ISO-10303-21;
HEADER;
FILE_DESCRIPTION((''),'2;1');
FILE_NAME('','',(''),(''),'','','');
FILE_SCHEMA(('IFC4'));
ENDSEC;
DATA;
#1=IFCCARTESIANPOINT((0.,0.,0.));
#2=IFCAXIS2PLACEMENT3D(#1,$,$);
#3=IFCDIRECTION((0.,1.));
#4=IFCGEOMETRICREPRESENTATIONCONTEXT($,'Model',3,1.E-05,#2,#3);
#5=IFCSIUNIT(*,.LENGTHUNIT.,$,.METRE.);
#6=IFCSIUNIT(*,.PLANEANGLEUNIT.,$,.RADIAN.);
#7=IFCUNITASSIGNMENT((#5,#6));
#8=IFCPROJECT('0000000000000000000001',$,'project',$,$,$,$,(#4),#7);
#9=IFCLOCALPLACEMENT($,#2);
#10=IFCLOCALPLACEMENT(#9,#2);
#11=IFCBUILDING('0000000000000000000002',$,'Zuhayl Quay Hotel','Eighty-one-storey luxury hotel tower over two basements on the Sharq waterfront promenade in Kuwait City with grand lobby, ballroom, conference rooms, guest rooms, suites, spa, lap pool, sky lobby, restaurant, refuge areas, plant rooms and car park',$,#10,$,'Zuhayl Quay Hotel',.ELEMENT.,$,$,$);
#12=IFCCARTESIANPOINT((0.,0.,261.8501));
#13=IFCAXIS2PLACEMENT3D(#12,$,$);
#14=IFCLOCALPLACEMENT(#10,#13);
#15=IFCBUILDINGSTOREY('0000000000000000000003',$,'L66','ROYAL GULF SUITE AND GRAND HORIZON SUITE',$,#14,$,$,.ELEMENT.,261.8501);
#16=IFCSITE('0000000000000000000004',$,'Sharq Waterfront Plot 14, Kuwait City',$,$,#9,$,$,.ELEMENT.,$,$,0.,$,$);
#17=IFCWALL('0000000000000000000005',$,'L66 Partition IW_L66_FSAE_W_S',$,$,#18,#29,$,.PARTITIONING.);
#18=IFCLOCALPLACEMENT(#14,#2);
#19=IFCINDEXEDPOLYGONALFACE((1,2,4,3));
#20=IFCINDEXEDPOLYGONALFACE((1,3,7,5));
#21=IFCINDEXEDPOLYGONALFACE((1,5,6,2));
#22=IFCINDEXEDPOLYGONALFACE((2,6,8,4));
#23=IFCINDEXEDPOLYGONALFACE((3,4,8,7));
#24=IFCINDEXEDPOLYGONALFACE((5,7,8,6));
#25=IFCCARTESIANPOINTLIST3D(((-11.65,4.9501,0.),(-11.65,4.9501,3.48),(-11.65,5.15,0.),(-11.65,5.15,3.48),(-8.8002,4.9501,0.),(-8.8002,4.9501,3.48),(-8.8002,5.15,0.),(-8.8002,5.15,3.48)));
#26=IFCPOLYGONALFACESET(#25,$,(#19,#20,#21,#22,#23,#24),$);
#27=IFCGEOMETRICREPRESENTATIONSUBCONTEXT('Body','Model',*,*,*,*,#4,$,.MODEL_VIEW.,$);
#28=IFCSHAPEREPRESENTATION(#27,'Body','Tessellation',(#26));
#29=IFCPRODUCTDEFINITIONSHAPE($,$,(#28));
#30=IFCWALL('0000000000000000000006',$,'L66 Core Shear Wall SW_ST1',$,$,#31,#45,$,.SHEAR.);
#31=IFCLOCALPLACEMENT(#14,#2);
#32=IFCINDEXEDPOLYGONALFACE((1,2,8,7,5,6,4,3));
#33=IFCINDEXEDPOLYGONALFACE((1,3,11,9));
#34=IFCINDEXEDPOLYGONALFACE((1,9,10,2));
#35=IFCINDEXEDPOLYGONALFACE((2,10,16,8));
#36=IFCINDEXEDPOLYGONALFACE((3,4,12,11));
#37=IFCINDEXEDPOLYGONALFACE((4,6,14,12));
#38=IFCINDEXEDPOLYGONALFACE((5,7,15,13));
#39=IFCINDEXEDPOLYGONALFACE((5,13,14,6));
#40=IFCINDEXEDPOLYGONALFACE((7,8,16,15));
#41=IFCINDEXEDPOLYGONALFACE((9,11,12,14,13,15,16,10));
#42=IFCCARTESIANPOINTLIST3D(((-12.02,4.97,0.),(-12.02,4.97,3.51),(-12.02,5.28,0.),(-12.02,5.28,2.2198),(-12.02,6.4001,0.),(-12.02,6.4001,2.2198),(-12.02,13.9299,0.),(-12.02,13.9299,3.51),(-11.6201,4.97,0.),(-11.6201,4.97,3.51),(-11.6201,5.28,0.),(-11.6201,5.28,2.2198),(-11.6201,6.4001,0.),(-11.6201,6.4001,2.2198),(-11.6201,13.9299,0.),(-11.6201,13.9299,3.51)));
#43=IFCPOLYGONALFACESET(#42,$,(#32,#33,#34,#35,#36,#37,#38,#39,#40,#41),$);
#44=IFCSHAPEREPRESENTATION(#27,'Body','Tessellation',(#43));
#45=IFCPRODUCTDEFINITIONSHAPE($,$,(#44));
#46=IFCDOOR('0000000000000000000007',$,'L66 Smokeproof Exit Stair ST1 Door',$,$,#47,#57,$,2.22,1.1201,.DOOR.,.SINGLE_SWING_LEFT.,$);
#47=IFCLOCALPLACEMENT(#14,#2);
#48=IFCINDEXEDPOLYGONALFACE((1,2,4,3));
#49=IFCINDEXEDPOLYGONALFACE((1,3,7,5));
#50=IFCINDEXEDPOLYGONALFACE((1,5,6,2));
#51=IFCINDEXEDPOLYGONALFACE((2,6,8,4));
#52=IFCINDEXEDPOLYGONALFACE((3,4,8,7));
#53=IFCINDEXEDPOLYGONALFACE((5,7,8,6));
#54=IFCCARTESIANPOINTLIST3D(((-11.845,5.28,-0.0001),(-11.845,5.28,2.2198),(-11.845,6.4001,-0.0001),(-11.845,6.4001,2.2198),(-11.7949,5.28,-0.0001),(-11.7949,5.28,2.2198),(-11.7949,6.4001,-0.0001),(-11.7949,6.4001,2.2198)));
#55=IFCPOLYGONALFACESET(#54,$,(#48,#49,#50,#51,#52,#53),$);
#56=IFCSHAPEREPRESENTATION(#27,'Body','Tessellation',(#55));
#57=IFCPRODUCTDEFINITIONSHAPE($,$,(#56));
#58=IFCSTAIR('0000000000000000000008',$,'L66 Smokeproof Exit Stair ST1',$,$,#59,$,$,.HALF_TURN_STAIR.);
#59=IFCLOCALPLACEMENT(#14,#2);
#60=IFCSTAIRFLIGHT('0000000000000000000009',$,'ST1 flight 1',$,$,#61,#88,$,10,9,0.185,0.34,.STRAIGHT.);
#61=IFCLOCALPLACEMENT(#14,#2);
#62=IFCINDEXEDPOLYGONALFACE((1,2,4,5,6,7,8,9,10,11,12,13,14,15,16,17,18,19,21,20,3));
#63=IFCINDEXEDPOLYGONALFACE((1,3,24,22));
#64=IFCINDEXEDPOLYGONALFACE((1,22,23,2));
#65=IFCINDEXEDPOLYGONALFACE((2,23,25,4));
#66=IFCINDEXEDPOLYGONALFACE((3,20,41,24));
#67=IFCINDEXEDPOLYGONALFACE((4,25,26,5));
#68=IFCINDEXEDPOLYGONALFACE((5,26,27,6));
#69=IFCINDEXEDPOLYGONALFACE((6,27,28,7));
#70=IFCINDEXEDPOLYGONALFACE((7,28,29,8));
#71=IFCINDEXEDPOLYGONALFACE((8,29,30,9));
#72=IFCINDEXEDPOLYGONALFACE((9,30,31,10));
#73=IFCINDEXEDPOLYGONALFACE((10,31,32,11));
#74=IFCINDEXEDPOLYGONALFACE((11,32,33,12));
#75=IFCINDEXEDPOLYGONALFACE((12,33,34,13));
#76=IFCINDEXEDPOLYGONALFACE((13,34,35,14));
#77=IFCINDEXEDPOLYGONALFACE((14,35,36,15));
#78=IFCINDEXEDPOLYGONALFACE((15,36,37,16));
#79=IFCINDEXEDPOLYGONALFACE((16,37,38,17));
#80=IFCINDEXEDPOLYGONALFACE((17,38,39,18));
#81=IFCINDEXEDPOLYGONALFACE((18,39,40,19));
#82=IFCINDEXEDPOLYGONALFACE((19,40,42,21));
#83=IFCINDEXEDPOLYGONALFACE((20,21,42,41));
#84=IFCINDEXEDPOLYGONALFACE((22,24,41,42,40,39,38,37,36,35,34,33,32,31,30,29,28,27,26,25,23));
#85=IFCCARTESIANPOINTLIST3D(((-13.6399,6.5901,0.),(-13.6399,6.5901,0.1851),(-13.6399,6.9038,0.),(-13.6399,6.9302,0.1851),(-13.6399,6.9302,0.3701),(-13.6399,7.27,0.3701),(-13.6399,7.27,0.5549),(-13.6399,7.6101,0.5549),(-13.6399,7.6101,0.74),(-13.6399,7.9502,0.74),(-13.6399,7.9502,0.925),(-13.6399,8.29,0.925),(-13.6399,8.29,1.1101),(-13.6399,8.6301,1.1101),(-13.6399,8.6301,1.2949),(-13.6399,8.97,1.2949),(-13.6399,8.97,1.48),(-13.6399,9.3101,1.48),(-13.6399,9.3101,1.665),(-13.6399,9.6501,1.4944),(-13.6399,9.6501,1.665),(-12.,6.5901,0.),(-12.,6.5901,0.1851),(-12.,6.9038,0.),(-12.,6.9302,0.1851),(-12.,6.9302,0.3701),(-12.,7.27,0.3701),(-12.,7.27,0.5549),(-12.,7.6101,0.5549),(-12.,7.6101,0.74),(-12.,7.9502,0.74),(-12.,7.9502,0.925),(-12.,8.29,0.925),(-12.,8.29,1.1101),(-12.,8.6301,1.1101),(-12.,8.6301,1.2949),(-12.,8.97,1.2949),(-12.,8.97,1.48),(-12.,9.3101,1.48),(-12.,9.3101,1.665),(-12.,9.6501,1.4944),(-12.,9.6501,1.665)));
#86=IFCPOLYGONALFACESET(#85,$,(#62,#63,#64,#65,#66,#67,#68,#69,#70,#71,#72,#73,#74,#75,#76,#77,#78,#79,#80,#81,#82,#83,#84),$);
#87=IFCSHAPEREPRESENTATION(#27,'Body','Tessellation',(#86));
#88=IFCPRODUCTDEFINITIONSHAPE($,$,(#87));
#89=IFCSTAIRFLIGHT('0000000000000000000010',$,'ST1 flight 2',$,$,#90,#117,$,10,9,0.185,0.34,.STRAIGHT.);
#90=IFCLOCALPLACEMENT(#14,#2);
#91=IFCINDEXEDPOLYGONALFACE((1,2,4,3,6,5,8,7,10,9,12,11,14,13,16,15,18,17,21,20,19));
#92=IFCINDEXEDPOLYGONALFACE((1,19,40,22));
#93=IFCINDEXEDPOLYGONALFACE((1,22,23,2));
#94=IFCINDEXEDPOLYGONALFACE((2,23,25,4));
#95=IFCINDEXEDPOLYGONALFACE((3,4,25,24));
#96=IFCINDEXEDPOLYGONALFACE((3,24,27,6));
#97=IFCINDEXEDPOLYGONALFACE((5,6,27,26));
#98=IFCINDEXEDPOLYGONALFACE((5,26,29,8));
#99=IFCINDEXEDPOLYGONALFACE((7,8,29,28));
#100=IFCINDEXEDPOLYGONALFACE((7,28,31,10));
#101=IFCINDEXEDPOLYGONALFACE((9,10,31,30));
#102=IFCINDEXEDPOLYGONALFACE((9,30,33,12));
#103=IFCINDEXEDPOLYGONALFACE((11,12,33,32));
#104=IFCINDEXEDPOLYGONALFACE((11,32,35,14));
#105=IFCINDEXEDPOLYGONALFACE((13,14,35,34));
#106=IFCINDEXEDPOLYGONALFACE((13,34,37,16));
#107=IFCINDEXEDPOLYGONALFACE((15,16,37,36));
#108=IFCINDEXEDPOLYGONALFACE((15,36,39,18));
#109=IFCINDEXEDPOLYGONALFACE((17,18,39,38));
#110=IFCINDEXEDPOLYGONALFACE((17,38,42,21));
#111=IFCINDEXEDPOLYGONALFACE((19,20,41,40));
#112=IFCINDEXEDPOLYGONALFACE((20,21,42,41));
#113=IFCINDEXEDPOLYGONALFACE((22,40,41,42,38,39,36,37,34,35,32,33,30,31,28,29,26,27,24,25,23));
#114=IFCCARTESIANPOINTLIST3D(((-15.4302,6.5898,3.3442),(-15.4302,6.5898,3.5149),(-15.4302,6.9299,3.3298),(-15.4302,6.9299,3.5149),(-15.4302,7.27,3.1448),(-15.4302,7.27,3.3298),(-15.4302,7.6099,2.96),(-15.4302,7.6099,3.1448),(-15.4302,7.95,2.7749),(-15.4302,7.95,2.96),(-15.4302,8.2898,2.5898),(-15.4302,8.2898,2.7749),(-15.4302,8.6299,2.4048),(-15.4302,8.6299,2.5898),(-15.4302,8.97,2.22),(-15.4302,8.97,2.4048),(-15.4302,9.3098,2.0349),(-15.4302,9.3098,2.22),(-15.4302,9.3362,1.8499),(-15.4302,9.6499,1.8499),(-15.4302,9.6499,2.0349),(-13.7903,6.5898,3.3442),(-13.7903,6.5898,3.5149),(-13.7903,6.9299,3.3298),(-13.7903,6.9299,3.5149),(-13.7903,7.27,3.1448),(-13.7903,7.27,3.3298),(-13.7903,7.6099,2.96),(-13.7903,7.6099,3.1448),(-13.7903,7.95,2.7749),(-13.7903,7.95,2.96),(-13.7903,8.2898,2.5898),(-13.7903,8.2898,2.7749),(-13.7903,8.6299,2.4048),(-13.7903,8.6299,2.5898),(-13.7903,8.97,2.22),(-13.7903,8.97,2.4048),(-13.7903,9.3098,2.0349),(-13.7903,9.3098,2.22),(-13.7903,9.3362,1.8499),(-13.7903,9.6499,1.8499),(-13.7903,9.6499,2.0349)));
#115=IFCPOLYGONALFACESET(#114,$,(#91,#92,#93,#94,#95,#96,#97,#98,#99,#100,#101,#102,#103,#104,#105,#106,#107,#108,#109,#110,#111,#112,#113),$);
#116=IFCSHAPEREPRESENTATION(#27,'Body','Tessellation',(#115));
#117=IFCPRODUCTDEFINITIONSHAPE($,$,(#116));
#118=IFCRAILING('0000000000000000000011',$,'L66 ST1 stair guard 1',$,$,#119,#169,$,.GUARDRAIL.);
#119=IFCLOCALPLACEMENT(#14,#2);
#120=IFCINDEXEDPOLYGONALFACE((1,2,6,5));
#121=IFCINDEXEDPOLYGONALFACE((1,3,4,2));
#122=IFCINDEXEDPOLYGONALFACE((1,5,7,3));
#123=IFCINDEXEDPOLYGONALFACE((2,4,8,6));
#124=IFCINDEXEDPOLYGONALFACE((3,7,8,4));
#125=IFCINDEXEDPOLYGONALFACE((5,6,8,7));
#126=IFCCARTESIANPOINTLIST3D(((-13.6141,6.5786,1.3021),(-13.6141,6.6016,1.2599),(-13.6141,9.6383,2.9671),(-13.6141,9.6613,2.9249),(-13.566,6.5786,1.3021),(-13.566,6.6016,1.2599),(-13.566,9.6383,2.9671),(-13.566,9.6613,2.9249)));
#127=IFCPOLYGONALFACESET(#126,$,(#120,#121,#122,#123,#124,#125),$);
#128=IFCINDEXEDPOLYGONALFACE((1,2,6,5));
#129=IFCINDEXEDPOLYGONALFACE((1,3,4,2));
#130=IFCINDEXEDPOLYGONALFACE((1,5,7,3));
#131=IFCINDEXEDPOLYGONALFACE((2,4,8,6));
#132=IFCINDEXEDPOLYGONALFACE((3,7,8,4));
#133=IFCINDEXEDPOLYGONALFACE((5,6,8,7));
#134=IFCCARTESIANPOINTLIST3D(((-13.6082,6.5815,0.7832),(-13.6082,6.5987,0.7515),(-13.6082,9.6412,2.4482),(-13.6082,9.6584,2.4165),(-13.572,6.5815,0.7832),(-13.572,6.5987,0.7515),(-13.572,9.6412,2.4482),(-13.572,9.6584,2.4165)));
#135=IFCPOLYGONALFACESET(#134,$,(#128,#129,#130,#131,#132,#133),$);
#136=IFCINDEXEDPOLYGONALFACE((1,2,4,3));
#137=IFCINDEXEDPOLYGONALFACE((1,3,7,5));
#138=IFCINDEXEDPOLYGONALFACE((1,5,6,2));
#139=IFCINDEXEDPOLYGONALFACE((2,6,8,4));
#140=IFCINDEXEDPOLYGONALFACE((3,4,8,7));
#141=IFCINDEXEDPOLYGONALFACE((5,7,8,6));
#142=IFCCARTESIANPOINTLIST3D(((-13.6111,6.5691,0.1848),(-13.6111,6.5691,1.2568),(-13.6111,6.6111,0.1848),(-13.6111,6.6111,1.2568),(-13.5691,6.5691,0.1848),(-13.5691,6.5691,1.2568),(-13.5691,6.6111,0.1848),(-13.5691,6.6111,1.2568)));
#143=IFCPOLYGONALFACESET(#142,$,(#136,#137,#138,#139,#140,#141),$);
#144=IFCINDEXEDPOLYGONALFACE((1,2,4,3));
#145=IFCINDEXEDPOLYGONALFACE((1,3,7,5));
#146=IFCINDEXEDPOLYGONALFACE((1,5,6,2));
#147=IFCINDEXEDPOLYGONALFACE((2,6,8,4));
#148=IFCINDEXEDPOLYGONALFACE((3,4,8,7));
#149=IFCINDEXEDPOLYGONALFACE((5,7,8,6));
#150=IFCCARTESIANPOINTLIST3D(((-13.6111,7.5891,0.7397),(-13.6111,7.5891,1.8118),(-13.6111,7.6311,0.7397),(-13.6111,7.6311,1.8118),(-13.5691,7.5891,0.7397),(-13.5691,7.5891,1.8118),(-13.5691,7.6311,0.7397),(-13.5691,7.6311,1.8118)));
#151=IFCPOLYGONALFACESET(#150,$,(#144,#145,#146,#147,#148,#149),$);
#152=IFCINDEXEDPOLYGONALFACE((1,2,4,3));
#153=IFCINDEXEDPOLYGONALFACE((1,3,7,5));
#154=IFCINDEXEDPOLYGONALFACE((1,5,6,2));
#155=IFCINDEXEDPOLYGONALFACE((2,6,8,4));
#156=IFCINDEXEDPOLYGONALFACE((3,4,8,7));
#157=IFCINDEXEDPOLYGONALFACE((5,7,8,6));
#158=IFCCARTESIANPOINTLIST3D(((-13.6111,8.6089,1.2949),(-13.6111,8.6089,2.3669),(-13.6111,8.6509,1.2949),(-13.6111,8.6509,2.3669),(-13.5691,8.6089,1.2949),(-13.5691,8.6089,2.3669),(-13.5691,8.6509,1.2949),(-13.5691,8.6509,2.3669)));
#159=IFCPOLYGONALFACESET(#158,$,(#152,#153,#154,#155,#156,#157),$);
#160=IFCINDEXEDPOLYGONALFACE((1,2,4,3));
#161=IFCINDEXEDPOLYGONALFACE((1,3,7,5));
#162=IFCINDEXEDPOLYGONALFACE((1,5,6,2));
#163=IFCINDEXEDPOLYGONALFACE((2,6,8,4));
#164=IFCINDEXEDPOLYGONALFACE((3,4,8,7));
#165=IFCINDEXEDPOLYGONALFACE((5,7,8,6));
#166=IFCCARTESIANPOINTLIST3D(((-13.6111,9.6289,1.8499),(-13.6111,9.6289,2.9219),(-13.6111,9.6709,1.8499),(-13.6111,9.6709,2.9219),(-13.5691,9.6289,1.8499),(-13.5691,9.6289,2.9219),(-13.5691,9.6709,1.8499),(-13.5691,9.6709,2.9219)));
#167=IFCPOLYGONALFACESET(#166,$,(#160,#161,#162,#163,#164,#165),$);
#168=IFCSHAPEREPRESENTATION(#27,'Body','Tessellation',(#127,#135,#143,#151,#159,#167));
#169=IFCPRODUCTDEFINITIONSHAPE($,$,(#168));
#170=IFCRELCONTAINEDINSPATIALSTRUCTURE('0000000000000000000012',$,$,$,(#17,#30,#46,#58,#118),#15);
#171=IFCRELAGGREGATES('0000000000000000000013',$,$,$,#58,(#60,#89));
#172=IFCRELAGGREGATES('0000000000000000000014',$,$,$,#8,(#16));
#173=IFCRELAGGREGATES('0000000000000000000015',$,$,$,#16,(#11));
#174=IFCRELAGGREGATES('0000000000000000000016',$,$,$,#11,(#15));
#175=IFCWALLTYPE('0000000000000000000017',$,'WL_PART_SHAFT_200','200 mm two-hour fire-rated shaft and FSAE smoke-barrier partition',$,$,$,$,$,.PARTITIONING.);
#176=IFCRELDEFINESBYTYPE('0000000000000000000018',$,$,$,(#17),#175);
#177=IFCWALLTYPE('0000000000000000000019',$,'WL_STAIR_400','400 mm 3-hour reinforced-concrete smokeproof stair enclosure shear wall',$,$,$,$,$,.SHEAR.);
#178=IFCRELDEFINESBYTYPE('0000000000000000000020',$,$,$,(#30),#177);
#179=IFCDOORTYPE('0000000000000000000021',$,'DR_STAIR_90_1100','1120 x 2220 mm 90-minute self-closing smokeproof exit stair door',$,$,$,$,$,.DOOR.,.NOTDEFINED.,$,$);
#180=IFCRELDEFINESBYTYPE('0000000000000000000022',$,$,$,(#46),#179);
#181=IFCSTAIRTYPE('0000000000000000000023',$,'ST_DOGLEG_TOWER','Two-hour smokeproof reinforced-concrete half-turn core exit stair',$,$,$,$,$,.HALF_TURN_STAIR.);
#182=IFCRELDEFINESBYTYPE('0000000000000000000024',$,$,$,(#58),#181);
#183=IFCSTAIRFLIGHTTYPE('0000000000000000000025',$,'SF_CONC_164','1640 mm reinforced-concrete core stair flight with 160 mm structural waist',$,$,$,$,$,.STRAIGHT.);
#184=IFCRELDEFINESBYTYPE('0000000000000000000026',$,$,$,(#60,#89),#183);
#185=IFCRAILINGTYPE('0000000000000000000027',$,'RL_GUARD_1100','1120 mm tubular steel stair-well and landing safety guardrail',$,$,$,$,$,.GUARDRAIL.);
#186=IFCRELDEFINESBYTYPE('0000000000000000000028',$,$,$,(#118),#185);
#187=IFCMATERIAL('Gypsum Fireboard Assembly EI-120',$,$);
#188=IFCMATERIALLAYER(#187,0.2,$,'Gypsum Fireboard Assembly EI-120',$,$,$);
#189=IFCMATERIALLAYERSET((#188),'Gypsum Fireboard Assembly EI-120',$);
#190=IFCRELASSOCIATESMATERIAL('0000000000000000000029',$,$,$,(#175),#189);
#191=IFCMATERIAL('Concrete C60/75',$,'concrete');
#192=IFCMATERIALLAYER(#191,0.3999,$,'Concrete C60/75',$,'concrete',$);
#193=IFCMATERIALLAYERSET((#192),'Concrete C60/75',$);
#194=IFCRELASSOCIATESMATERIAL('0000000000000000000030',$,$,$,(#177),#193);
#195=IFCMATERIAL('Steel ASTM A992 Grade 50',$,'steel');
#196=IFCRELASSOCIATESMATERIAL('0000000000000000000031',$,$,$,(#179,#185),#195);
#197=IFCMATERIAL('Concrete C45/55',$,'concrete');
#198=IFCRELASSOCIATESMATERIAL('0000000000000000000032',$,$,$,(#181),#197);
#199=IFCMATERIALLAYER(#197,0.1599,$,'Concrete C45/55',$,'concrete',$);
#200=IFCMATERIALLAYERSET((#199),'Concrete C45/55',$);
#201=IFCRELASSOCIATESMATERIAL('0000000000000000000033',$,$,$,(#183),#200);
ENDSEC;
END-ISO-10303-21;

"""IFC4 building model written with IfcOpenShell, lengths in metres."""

from ifc_helpers import new_model, si_unit, direction, frame, frame_2d, origin, origin_2d, place, context, subcontext, project, spatial, polyline, rectangle, outline, extrude, material, layer, layer_set, type_object, element, fill, aggregate, save


model = new_model("IFC4")

# Units and contexts
model_context = context("Model", 3, precision=1e-05, world=origin(), true_north=direction((0.0, 1.0)))
body_context = subcontext(model_context, "Body", "Model", "MODEL_VIEW")
ifc_project = project(units=[si_unit("LENGTHUNIT", "METRE"), si_unit("PLANEANGLEUNIT", "RADIAN")], contexts=[model_context])

# Site, building, storey
site_placement = place(None, origin())
site = spatial("IfcSite", under=ifc_project, at=site_placement, Name="Sharq Waterfront Plot 14, Kuwait City", CompositionType="ELEMENT", RefElevation=0.0)
building_placement = place(site_placement, origin())
building = spatial("IfcBuilding", under=site, at=building_placement, Name="Zuhayl Quay Hotel", Description="Eighty-one-storey luxury hotel tower over two basements on the Sharq waterfront promenade in Kuwait City with grand lobby, ballroom, conference rooms, guest rooms, suites, spa, lap pool, sky lobby, restaurant, refuge areas, plant rooms and car park", LongName="Zuhayl Quay Hotel", CompositionType="ELEMENT")
storey_placement = place(building_placement, frame((0.0, 0.0, 261.8501)))
storey = spatial("IfcBuildingStorey", under=building, at=storey_placement, Name="L66", Description="ROYAL GULF SUITE AND GRAND HORIZON SUITE", CompositionType="ELEMENT", Elevation=261.8501)

# Shared definitions
ifc_material_1 = material(Name="Concrete C60/75", Category="concrete")

# Wall
ifc_material_2 = material(Name="Gypsum Fireboard Assembly EI-120")
ifc_layer_1 = layer(ifc_material_2, 0.2, Name="Gypsum Fireboard Assembly EI-120")
ifc_layer_set_1 = layer_set([ifc_layer_1], Name="Gypsum Fireboard Assembly EI-120")
wall_type_1 = type_object("IfcWallType", Name="WL_PART_SHAFT_200", Description="200 mm two-hour fire-rated shaft and FSAE smoke-barrier partition", PredefinedType="PARTITIONING", material=ifc_layer_set_1)
wall_1_placement = place(storey_placement, frame((-11.6499, 5.05, 0.0), z_axis=(0.0, 0.0, 1.0), x_axis=(1.0, 0.0, 0.0)))
element("IfcWall", 1, at=wall_1_placement, inside=storey, type_object=wall_type_1, Name="L66 Partition IW_L66_FSAE_W_S", PredefinedType="PARTITIONING", context=body_context, shape_type="SweptSolid", body=[
    extrude(rectangle(XDim=2.8499, YDim=0.2, at=frame_2d((1.4248, 0.0))), origin(), (0.0, 0.0, 1.0), 3.48),
])

# Wall, opening, door
ifc_layer_2 = layer(ifc_material_1, 0.3999, Name="Concrete C60/75", Category="concrete")
ifc_layer_set_2 = layer_set([ifc_layer_2], Name="Concrete C60/75")
wall_type_2 = type_object("IfcWallType", Name="WL_STAIR_400", Description="400 mm 3-hour reinforced-concrete smokeproof stair enclosure shear wall", PredefinedType="SHEAR", material=ifc_layer_set_2)
wall_2_placement = place(storey_placement, frame((-11.8201, 4.97, 0.0), z_axis=(0.0, 0.0, 1.0), x_axis=(0.0, 1.0, 0.0)))
wall_2 = element("IfcWall", 2, at=wall_2_placement, inside=storey, type_object=wall_type_2, Name="L66 Core Shear Wall SW_ST1", PredefinedType="SHEAR", context=body_context, shape_type="SweptSolid", body=[
    extrude(rectangle(XDim=8.96, YDim=0.3999, at=frame_2d((4.48, 0.0))), origin(), (0.0, 0.0, 1.0), 3.51),
])
opening_1_placement = place(wall_2_placement, frame((0.3101, 0.0, 0.0)))
opening_1 = element("IfcOpeningElement", 3, at=opening_1_placement, cuts=wall_2, PredefinedType="OPENING", context=body_context, shape_type="SweptSolid", body=[
    extrude(rectangle(XDim=1.1201, YDim=2.22, at=frame_2d((0.5601, 1.1099))), frame((0.0, 0.21, 0.0), z_axis=(0.0, -1.0, 0.0), x_axis=(1.0, 0.0, 0.0)), (0.0, 0.0, 1.0), 0.4199),
])
ifc_material_3 = material(Name="Steel ASTM A992 Grade 50", Category="steel")
door_type_1 = type_object("IfcDoorType", Name="DR_STAIR_90_1100", Description="1120 x 2220 mm 90-minute self-closing smokeproof exit stair door", OperationType="NOTDEFINED", PredefinedType="DOOR", material=ifc_material_3)
door_1_placement = place(opening_1_placement, origin())
door_1 = element("IfcDoor", 4, at=door_1_placement, inside=storey, type_object=door_type_1, Name="L66 Smokeproof Exit Stair ST1 Door", OperationType="SINGLE_SWING_LEFT", OverallHeight=2.22, OverallWidth=1.1201, PredefinedType="DOOR", context=body_context, shape_type="SweptSolid", body=[
    extrude(rectangle(XDim=1.1201, YDim=2.22, at=frame_2d((0.5601, 1.1099))), frame((0.0, 0.0249, 0.0), z_axis=(0.0, -1.0, 0.0), x_axis=(1.0, 0.0, 0.0)), (0.0, 0.0, 1.0), 0.05),
])
fill(opening_1, door_1)

# Stair, stair flights
ifc_material_4 = material(Name="Concrete C45/55", Category="concrete")
stair_type = type_object("IfcStairType", Name="ST_DOGLEG_TOWER", Description="Two-hour smokeproof reinforced-concrete half-turn core exit stair", PredefinedType="HALF_TURN_STAIR", material=ifc_material_4)
stair_placement = place(storey_placement, origin())
stair = element("IfcStair", 5, at=stair_placement, inside=storey, type_object=stair_type, Name="L66 Smokeproof Exit Stair ST1", PredefinedType="HALF_TURN_STAIR")
ifc_layer_3 = layer(ifc_material_4, 0.1599, Name="Concrete C45/55", Category="concrete")
ifc_layer_set_3 = layer_set([ifc_layer_3], Name="Concrete C45/55")
stair_flight_type = type_object("IfcStairFlightType", Name="SF_CONC_164", Description="1640 mm reinforced-concrete core stair flight with 160 mm structural waist", PredefinedType="STRAIGHT", material=ifc_layer_set_3)
stair_flight_1_placement = place(storey_placement, frame((-12.8201, 6.5901, 0.0), z_axis=(0.0, 0.0, 1.0), x_axis=(0.0, 1.0, 0.0)))
stair_flight_1 = element("IfcStairFlight", 6, at=stair_flight_1_placement, type_object=stair_flight_type, Name="ST1 flight 1", NumberOfRisers=10, NumberOfTreads=9, PredefinedType="STRAIGHT", RiserHeight=0.185, TreadLength=0.34, context=body_context, shape_type="SweptSolid", body=[
    extrude(outline(polyline([(0.0, 0.0), (0.0, 0.1851), (0.3401, 0.1851), (0.3401, 0.3701), (0.6799, 0.3701), (0.6799, 0.5549), (1.02, 0.5549), (1.02, 0.74), (1.3601, 0.74), (1.3601, 0.925), (1.7, 0.925), (1.7, 1.1101), (2.04, 1.1101), (2.04, 1.2949), (2.3799, 1.2949), (2.3799, 1.48), (2.72, 1.48), (2.72, 1.665), (3.0601, 1.665), (3.0601, 1.8501), (3.0601, 1.4944), (0.3137, 0.0), (0.0, 0.0)])), frame((0.0, 0.8198, 0.0), z_axis=(0.0, -1.0, 0.0), x_axis=(1.0, 0.0, 0.0)), (0.0, 0.0, 1.0), 1.6399),
])
stair_flight_2_placement = place(storey_placement, frame((-14.6101, 9.6499, 1.8499), z_axis=(0.0, 0.0, 1.0), x_axis=(0.0, -1.0, 0.0)))
stair_flight_2 = element("IfcStairFlight", 7, at=stair_flight_2_placement, type_object=stair_flight_type, Name="ST1 flight 2", NumberOfRisers=10, NumberOfTreads=9, PredefinedType="STRAIGHT", RiserHeight=0.185, TreadLength=0.34, context=body_context, shape_type="SweptSolid", body=[
    extrude(outline(polyline([(0.0, 0.0), (0.0, 0.1851), (0.3401, 0.1851), (0.3401, 0.3701), (0.6799, 0.3701), (0.6799, 0.5549), (1.02, 0.5549), (1.02, 0.74), (1.3601, 0.74), (1.3601, 0.925), (1.7, 0.925), (1.7, 1.1101), (2.04, 1.1101), (2.04, 1.2949), (2.3799, 1.2949), (2.3799, 1.48), (2.72, 1.48), (2.72, 1.665), (3.0601, 1.665), (3.0601, 1.8501), (3.0601, 1.4944), (0.3137, 0.0), (0.0, 0.0)])), frame((0.0, 0.8198, 0.0), z_axis=(0.0, -1.0, 0.0), x_axis=(1.0, 0.0, 0.0)), (0.0, 0.0, 1.0), 1.6399),
])
aggregate(stair, [stair_flight_1, stair_flight_2])

# Railing
railing_type_1 = type_object("IfcRailingType", Name="RL_GUARD_1100", Description="1120 mm tubular steel stair-well and landing safety guardrail", PredefinedType="GUARDRAIL", material=ifc_material_3)
railing_1_placement = place(storey_placement, frame((-13.5901, 6.5901, 0.1848)))
element("IfcRailing", 8, at=railing_1_placement, inside=storey, type_object=railing_type_1, Name="L66 ST1 stair guard 1", PredefinedType="GUARDRAIL", context=body_context, shape_type="SweptSolid", body=[
    extrude(rectangle(XDim=0.0481, YDim=0.0481, at=origin_2d()), frame((0.0, 0.0, 1.0962), z_axis=(0.0, 0.878372, 0.477978), x_axis=(-1.0, 0.0, 0.0)), (0.0, 0.0, 1.0), 3.4834),
    extrude(rectangle(XDim=0.0361, YDim=0.0361, at=origin_2d()), frame((0.0, 0.0, 0.5825), z_axis=(0.0, 0.878372, 0.477978), x_axis=(-1.0, 0.0, 0.0)), (0.0, 0.0, 1.0), 3.4834),
    extrude(rectangle(XDim=0.042, YDim=0.042, at=origin_2d()), origin(), (0.0, 0.0, 1.0), 1.072),
    extrude(rectangle(XDim=0.042, YDim=0.042, at=origin_2d()), frame((0.0, 1.02, 0.5549)), (0.0, 0.0, 1.0), 1.072),
    extrude(rectangle(XDim=0.042, YDim=0.042, at=origin_2d()), frame((0.0, 2.0398, 1.1101)), (0.0, 0.0, 1.0), 1.072),
    extrude(rectangle(XDim=0.042, YDim=0.042, at=origin_2d()), frame((0.0, 3.0598, 1.665)), (0.0, 0.0, 1.0), 1.072),
])

save(model, "model.ifc")
